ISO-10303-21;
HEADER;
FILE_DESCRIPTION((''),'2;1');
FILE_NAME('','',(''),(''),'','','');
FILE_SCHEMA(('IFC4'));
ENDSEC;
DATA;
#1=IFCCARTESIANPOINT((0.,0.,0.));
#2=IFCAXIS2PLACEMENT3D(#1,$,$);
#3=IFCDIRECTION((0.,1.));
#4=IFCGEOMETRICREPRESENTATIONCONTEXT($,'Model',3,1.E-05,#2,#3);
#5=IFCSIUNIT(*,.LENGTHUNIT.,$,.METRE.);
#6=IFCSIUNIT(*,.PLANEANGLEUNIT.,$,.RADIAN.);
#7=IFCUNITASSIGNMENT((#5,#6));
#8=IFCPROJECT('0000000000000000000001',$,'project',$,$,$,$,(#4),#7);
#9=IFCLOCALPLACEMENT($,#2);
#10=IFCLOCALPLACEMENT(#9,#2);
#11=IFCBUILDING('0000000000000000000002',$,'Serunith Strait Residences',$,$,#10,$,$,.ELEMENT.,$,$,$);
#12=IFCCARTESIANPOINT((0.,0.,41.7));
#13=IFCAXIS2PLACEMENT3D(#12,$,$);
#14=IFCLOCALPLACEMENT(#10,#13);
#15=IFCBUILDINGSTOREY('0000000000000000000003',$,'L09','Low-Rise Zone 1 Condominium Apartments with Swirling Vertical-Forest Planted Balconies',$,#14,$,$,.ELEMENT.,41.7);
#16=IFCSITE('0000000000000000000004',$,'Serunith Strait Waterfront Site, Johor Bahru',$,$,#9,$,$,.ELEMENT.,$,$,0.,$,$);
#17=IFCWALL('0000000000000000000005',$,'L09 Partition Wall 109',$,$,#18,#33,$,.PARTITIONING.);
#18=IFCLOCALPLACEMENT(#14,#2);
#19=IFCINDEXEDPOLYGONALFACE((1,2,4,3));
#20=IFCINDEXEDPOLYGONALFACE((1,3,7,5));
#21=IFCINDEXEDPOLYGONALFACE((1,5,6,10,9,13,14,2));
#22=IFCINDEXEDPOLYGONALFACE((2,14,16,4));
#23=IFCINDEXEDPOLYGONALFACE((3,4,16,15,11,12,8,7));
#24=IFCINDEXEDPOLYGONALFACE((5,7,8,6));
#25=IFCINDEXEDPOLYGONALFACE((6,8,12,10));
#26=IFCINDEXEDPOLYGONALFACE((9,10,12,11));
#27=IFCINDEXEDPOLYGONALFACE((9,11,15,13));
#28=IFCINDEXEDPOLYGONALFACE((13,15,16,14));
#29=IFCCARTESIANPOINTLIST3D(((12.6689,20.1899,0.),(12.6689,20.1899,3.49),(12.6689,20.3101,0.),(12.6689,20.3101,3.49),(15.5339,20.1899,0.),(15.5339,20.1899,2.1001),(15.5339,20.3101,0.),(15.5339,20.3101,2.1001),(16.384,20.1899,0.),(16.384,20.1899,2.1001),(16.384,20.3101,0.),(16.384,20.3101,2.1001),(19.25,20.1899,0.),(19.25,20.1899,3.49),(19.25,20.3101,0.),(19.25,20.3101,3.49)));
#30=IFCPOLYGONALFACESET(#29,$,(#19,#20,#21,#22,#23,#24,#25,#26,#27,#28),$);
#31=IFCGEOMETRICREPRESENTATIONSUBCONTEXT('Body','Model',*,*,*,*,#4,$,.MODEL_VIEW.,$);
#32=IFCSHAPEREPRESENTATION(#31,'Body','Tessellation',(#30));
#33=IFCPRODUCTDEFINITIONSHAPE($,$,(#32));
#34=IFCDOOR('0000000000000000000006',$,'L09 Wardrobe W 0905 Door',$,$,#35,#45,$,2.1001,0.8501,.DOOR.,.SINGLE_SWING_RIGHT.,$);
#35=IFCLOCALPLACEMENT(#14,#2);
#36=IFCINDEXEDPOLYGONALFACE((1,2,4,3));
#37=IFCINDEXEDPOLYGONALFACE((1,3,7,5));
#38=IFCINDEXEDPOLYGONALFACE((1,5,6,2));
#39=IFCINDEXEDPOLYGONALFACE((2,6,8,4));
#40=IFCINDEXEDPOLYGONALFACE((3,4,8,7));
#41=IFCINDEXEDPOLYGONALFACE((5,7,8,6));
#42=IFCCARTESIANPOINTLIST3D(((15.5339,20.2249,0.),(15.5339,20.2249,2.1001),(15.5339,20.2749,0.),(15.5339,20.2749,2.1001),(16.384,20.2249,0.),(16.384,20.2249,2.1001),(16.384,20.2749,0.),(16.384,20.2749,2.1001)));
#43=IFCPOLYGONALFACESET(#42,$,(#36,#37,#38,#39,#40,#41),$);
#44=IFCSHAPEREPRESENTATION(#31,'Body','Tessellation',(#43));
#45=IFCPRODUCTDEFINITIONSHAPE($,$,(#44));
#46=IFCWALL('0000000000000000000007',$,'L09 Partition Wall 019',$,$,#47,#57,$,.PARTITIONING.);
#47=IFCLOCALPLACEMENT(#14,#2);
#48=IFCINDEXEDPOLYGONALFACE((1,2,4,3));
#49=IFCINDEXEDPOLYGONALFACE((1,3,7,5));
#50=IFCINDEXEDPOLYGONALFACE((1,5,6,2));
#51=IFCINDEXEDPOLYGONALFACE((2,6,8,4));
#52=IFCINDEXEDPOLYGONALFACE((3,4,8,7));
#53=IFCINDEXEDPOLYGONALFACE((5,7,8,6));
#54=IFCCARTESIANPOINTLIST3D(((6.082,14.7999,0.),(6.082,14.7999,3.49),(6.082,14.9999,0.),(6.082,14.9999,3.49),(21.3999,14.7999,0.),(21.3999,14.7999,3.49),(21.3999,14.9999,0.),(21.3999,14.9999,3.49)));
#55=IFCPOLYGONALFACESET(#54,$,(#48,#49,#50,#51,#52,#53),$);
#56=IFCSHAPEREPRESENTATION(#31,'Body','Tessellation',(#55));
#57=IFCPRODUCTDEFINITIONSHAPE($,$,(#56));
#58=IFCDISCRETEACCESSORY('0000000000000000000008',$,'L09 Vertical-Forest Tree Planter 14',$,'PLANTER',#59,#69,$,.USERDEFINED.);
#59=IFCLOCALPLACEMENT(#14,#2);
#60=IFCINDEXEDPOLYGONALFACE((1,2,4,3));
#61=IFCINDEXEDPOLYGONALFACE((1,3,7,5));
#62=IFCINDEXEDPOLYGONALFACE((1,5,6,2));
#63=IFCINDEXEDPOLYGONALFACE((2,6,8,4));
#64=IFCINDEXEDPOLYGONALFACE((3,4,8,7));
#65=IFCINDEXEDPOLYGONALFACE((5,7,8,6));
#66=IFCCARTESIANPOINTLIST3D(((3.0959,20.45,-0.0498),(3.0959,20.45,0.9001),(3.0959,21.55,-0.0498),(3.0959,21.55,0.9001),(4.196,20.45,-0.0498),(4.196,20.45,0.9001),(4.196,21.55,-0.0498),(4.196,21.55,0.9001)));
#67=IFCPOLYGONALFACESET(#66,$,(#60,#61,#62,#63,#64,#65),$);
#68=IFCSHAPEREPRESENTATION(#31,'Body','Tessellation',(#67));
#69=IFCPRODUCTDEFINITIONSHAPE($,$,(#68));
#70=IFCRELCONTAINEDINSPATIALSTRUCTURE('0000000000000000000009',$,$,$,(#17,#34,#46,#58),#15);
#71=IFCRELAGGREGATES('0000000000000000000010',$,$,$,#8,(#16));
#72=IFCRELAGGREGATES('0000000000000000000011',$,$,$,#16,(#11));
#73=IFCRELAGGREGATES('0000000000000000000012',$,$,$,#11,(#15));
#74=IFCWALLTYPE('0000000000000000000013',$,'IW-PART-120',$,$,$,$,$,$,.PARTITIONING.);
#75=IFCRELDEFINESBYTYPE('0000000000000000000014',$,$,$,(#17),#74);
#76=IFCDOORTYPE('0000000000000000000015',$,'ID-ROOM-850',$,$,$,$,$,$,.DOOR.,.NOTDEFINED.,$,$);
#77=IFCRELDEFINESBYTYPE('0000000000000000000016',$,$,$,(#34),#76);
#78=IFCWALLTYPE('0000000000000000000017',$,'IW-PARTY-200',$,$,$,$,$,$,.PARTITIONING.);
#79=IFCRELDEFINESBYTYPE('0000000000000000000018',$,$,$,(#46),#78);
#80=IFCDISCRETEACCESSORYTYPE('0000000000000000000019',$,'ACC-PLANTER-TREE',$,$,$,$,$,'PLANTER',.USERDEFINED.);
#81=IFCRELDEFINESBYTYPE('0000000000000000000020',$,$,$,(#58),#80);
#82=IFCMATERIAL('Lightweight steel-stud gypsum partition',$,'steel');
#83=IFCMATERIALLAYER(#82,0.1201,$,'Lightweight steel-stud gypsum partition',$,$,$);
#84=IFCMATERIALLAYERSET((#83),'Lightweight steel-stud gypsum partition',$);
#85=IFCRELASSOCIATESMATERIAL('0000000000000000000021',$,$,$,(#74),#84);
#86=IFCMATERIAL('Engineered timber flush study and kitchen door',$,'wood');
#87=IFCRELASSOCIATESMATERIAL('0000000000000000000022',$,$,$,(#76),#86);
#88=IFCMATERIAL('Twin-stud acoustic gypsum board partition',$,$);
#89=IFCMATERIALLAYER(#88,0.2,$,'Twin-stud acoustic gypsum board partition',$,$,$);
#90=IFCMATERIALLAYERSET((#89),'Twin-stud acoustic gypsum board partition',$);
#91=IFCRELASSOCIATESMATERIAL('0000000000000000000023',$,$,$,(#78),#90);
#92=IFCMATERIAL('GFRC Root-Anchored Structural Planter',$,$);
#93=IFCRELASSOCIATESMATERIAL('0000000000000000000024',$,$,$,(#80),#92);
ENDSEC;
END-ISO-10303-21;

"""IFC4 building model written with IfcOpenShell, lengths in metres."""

from ifc_helpers import new_model, si_unit, direction, frame, frame_2d, origin, origin_2d, place, context, subcontext, project, spatial, rectangle, extrude, source, transform, mapped, material, layer, layer_set, type_object, element, fill, save


model = new_model("IFC4")

# Units and contexts
model_context = context("Model", 3, precision=1e-05, world=origin(), true_north=direction((0.0, 1.0)))
body_context = subcontext(model_context, "Body", "Model", "MODEL_VIEW")
ifc_project = project(units=[si_unit("LENGTHUNIT", "METRE"), si_unit("PLANEANGLEUNIT", "RADIAN")], contexts=[model_context])

# Site, building, storey
site_placement = place(None, origin())
site = spatial("IfcSite", under=ifc_project, at=site_placement, Name="Serunith Strait Waterfront Site, Johor Bahru", CompositionType="ELEMENT", RefElevation=0.0)
building_placement = place(site_placement, origin())
building = spatial("IfcBuilding", under=site, at=building_placement, Name="Serunith Strait Residences", CompositionType="ELEMENT")
storey_placement = place(building_placement, frame((0.0, 0.0, 41.7)))
storey = spatial("IfcBuildingStorey", under=building, at=storey_placement, Name="L09", Description="Low-Rise Zone 1 Condominium Apartments with Swirling Vertical-Forest Planted Balconies", CompositionType="ELEMENT", Elevation=41.7)

# Shared definitions
ifc_material_1 = material(Name="Lightweight steel-stud gypsum partition", Category="steel")
ifc_layer_1 = layer(ifc_material_1, 0.1201, Name="Lightweight steel-stud gypsum partition")
ifc_layer_set_1 = layer_set([ifc_layer_1], Name="Lightweight steel-stud gypsum partition")
wall_type_1 = type_object("IfcWallType", Name="IW-PART-120", PredefinedType="PARTITIONING", material=ifc_layer_set_1)

# Shared definitions
ifc_material_2 = material(Name="Engineered timber flush study and kitchen door", Category="wood")
door_type_1 = type_object("IfcDoorType", Name="ID-ROOM-850", OperationType="NOTDEFINED", PredefinedType="DOOR", material=ifc_material_2)
shared_shape_1 = source(origin(), body_context, "Body", "SweptSolid", [
    extrude(rectangle(XDim=0.8501, YDim=2.1001, at=frame_2d((0.425, 1.05))), frame((0.0, 0.0249, 0.0), z_axis=(0.0, -1.0, 0.0), x_axis=(1.0, 0.0, 0.0)), (0.0, 0.0, 1.0), 0.05),
])

# Wall, opening, door
wall_1_placement = place(storey_placement, frame((12.6689, 20.25, 0.0), z_axis=(0.0, 0.0, 1.0), x_axis=(1.0, 0.0, 0.0)))
wall_1 = element("IfcWall", 1, at=wall_1_placement, inside=storey, type_object=wall_type_1, Name="L09 Partition Wall 109", PredefinedType="PARTITIONING", context=body_context, shape_type="SweptSolid", body=[
    extrude(rectangle(XDim=6.5811, YDim=0.1201, at=frame_2d((3.2905, 0.0))), origin(), (0.0, 0.0, 1.0), 3.49),
])
opening_1_placement = place(wall_1_placement, frame((2.865, 0.0, 0.0)))
opening_1 = element("IfcOpeningElement", 2, at=opening_1_placement, cuts=wall_1, PredefinedType="OPENING", context=body_context, shape_type="SweptSolid", body=[
    extrude(rectangle(XDim=0.8501, YDim=2.1001, at=frame_2d((0.425, 1.05))), frame((0.0, 0.0701, 0.0), z_axis=(0.0, -1.0, 0.0), x_axis=(1.0, 0.0, 0.0)), (0.0, 0.0, 1.0), 0.1401),
])
door_1_placement = place(opening_1_placement, origin())
door_1 = element("IfcDoor", 3, at=door_1_placement, inside=storey, type_object=door_type_1, Name="L09 Wardrobe W 0905 Door", OperationType="SINGLE_SWING_RIGHT", OverallHeight=2.1001, OverallWidth=0.8501, PredefinedType="DOOR", context=body_context, shape_type="MappedRepresentation", body=[
    mapped(shared_shape_1, transform((0.0, 0.0, 0.0), scale=1.0)),
])
fill(opening_1, door_1)

# Wall
ifc_material_3 = material(Name="Twin-stud acoustic gypsum board partition")
ifc_layer_2 = layer(ifc_material_3, 0.2, Name="Twin-stud acoustic gypsum board partition")
ifc_layer_set_2 = layer_set([ifc_layer_2], Name="Twin-stud acoustic gypsum board partition")
wall_type_2 = type_object("IfcWallType", Name="IW-PARTY-200", PredefinedType="PARTITIONING", material=ifc_layer_set_2)
wall_2_placement = place(storey_placement, frame((6.082, 14.8999, 0.0), z_axis=(0.0, 0.0, 1.0), x_axis=(1.0, 0.0, 0.0)))
element("IfcWall", 4, at=wall_2_placement, inside=storey, type_object=wall_type_2, Name="L09 Partition Wall 019", PredefinedType="PARTITIONING", context=body_context, shape_type="SweptSolid", body=[
    extrude(rectangle(XDim=15.3179, YDim=0.2, at=frame_2d((7.6589, 0.0))), origin(), (0.0, 0.0, 1.0), 3.49),
])

# Discrete accessory
ifc_material_4 = material(Name="GFRC Root-Anchored Structural Planter")
discrete_accessory_type = type_object("IfcDiscreteAccessoryType", Name="ACC-PLANTER-TREE", ElementType="PLANTER", PredefinedType="USERDEFINED", material=ifc_material_4)
shared_shape_2 = source(origin(), body_context, "Body", "SweptSolid", [
    extrude(rectangle(XDim=1.1001, YDim=1.1001, at=origin_2d()), origin(), (0.0, 0.0, 1.0), 0.95),
])
discrete_accessory_placement = place(storey_placement, frame((3.646, 21.0, -0.0498), z_axis=(0.0, 0.0, 1.0), x_axis=(0.0, -1.0, 0.0)))
element("IfcDiscreteAccessory", 5, at=discrete_accessory_placement, inside=storey, type_object=discrete_accessory_type, Name="L09 Vertical-Forest Tree Planter 14", ObjectType="PLANTER", PredefinedType="USERDEFINED", context=body_context, shape_type="MappedRepresentation", body=[
    mapped(shared_shape_2, transform((0.0, 0.0, 0.0), scale=1.0)),
])

save(model, "model.ifc")
